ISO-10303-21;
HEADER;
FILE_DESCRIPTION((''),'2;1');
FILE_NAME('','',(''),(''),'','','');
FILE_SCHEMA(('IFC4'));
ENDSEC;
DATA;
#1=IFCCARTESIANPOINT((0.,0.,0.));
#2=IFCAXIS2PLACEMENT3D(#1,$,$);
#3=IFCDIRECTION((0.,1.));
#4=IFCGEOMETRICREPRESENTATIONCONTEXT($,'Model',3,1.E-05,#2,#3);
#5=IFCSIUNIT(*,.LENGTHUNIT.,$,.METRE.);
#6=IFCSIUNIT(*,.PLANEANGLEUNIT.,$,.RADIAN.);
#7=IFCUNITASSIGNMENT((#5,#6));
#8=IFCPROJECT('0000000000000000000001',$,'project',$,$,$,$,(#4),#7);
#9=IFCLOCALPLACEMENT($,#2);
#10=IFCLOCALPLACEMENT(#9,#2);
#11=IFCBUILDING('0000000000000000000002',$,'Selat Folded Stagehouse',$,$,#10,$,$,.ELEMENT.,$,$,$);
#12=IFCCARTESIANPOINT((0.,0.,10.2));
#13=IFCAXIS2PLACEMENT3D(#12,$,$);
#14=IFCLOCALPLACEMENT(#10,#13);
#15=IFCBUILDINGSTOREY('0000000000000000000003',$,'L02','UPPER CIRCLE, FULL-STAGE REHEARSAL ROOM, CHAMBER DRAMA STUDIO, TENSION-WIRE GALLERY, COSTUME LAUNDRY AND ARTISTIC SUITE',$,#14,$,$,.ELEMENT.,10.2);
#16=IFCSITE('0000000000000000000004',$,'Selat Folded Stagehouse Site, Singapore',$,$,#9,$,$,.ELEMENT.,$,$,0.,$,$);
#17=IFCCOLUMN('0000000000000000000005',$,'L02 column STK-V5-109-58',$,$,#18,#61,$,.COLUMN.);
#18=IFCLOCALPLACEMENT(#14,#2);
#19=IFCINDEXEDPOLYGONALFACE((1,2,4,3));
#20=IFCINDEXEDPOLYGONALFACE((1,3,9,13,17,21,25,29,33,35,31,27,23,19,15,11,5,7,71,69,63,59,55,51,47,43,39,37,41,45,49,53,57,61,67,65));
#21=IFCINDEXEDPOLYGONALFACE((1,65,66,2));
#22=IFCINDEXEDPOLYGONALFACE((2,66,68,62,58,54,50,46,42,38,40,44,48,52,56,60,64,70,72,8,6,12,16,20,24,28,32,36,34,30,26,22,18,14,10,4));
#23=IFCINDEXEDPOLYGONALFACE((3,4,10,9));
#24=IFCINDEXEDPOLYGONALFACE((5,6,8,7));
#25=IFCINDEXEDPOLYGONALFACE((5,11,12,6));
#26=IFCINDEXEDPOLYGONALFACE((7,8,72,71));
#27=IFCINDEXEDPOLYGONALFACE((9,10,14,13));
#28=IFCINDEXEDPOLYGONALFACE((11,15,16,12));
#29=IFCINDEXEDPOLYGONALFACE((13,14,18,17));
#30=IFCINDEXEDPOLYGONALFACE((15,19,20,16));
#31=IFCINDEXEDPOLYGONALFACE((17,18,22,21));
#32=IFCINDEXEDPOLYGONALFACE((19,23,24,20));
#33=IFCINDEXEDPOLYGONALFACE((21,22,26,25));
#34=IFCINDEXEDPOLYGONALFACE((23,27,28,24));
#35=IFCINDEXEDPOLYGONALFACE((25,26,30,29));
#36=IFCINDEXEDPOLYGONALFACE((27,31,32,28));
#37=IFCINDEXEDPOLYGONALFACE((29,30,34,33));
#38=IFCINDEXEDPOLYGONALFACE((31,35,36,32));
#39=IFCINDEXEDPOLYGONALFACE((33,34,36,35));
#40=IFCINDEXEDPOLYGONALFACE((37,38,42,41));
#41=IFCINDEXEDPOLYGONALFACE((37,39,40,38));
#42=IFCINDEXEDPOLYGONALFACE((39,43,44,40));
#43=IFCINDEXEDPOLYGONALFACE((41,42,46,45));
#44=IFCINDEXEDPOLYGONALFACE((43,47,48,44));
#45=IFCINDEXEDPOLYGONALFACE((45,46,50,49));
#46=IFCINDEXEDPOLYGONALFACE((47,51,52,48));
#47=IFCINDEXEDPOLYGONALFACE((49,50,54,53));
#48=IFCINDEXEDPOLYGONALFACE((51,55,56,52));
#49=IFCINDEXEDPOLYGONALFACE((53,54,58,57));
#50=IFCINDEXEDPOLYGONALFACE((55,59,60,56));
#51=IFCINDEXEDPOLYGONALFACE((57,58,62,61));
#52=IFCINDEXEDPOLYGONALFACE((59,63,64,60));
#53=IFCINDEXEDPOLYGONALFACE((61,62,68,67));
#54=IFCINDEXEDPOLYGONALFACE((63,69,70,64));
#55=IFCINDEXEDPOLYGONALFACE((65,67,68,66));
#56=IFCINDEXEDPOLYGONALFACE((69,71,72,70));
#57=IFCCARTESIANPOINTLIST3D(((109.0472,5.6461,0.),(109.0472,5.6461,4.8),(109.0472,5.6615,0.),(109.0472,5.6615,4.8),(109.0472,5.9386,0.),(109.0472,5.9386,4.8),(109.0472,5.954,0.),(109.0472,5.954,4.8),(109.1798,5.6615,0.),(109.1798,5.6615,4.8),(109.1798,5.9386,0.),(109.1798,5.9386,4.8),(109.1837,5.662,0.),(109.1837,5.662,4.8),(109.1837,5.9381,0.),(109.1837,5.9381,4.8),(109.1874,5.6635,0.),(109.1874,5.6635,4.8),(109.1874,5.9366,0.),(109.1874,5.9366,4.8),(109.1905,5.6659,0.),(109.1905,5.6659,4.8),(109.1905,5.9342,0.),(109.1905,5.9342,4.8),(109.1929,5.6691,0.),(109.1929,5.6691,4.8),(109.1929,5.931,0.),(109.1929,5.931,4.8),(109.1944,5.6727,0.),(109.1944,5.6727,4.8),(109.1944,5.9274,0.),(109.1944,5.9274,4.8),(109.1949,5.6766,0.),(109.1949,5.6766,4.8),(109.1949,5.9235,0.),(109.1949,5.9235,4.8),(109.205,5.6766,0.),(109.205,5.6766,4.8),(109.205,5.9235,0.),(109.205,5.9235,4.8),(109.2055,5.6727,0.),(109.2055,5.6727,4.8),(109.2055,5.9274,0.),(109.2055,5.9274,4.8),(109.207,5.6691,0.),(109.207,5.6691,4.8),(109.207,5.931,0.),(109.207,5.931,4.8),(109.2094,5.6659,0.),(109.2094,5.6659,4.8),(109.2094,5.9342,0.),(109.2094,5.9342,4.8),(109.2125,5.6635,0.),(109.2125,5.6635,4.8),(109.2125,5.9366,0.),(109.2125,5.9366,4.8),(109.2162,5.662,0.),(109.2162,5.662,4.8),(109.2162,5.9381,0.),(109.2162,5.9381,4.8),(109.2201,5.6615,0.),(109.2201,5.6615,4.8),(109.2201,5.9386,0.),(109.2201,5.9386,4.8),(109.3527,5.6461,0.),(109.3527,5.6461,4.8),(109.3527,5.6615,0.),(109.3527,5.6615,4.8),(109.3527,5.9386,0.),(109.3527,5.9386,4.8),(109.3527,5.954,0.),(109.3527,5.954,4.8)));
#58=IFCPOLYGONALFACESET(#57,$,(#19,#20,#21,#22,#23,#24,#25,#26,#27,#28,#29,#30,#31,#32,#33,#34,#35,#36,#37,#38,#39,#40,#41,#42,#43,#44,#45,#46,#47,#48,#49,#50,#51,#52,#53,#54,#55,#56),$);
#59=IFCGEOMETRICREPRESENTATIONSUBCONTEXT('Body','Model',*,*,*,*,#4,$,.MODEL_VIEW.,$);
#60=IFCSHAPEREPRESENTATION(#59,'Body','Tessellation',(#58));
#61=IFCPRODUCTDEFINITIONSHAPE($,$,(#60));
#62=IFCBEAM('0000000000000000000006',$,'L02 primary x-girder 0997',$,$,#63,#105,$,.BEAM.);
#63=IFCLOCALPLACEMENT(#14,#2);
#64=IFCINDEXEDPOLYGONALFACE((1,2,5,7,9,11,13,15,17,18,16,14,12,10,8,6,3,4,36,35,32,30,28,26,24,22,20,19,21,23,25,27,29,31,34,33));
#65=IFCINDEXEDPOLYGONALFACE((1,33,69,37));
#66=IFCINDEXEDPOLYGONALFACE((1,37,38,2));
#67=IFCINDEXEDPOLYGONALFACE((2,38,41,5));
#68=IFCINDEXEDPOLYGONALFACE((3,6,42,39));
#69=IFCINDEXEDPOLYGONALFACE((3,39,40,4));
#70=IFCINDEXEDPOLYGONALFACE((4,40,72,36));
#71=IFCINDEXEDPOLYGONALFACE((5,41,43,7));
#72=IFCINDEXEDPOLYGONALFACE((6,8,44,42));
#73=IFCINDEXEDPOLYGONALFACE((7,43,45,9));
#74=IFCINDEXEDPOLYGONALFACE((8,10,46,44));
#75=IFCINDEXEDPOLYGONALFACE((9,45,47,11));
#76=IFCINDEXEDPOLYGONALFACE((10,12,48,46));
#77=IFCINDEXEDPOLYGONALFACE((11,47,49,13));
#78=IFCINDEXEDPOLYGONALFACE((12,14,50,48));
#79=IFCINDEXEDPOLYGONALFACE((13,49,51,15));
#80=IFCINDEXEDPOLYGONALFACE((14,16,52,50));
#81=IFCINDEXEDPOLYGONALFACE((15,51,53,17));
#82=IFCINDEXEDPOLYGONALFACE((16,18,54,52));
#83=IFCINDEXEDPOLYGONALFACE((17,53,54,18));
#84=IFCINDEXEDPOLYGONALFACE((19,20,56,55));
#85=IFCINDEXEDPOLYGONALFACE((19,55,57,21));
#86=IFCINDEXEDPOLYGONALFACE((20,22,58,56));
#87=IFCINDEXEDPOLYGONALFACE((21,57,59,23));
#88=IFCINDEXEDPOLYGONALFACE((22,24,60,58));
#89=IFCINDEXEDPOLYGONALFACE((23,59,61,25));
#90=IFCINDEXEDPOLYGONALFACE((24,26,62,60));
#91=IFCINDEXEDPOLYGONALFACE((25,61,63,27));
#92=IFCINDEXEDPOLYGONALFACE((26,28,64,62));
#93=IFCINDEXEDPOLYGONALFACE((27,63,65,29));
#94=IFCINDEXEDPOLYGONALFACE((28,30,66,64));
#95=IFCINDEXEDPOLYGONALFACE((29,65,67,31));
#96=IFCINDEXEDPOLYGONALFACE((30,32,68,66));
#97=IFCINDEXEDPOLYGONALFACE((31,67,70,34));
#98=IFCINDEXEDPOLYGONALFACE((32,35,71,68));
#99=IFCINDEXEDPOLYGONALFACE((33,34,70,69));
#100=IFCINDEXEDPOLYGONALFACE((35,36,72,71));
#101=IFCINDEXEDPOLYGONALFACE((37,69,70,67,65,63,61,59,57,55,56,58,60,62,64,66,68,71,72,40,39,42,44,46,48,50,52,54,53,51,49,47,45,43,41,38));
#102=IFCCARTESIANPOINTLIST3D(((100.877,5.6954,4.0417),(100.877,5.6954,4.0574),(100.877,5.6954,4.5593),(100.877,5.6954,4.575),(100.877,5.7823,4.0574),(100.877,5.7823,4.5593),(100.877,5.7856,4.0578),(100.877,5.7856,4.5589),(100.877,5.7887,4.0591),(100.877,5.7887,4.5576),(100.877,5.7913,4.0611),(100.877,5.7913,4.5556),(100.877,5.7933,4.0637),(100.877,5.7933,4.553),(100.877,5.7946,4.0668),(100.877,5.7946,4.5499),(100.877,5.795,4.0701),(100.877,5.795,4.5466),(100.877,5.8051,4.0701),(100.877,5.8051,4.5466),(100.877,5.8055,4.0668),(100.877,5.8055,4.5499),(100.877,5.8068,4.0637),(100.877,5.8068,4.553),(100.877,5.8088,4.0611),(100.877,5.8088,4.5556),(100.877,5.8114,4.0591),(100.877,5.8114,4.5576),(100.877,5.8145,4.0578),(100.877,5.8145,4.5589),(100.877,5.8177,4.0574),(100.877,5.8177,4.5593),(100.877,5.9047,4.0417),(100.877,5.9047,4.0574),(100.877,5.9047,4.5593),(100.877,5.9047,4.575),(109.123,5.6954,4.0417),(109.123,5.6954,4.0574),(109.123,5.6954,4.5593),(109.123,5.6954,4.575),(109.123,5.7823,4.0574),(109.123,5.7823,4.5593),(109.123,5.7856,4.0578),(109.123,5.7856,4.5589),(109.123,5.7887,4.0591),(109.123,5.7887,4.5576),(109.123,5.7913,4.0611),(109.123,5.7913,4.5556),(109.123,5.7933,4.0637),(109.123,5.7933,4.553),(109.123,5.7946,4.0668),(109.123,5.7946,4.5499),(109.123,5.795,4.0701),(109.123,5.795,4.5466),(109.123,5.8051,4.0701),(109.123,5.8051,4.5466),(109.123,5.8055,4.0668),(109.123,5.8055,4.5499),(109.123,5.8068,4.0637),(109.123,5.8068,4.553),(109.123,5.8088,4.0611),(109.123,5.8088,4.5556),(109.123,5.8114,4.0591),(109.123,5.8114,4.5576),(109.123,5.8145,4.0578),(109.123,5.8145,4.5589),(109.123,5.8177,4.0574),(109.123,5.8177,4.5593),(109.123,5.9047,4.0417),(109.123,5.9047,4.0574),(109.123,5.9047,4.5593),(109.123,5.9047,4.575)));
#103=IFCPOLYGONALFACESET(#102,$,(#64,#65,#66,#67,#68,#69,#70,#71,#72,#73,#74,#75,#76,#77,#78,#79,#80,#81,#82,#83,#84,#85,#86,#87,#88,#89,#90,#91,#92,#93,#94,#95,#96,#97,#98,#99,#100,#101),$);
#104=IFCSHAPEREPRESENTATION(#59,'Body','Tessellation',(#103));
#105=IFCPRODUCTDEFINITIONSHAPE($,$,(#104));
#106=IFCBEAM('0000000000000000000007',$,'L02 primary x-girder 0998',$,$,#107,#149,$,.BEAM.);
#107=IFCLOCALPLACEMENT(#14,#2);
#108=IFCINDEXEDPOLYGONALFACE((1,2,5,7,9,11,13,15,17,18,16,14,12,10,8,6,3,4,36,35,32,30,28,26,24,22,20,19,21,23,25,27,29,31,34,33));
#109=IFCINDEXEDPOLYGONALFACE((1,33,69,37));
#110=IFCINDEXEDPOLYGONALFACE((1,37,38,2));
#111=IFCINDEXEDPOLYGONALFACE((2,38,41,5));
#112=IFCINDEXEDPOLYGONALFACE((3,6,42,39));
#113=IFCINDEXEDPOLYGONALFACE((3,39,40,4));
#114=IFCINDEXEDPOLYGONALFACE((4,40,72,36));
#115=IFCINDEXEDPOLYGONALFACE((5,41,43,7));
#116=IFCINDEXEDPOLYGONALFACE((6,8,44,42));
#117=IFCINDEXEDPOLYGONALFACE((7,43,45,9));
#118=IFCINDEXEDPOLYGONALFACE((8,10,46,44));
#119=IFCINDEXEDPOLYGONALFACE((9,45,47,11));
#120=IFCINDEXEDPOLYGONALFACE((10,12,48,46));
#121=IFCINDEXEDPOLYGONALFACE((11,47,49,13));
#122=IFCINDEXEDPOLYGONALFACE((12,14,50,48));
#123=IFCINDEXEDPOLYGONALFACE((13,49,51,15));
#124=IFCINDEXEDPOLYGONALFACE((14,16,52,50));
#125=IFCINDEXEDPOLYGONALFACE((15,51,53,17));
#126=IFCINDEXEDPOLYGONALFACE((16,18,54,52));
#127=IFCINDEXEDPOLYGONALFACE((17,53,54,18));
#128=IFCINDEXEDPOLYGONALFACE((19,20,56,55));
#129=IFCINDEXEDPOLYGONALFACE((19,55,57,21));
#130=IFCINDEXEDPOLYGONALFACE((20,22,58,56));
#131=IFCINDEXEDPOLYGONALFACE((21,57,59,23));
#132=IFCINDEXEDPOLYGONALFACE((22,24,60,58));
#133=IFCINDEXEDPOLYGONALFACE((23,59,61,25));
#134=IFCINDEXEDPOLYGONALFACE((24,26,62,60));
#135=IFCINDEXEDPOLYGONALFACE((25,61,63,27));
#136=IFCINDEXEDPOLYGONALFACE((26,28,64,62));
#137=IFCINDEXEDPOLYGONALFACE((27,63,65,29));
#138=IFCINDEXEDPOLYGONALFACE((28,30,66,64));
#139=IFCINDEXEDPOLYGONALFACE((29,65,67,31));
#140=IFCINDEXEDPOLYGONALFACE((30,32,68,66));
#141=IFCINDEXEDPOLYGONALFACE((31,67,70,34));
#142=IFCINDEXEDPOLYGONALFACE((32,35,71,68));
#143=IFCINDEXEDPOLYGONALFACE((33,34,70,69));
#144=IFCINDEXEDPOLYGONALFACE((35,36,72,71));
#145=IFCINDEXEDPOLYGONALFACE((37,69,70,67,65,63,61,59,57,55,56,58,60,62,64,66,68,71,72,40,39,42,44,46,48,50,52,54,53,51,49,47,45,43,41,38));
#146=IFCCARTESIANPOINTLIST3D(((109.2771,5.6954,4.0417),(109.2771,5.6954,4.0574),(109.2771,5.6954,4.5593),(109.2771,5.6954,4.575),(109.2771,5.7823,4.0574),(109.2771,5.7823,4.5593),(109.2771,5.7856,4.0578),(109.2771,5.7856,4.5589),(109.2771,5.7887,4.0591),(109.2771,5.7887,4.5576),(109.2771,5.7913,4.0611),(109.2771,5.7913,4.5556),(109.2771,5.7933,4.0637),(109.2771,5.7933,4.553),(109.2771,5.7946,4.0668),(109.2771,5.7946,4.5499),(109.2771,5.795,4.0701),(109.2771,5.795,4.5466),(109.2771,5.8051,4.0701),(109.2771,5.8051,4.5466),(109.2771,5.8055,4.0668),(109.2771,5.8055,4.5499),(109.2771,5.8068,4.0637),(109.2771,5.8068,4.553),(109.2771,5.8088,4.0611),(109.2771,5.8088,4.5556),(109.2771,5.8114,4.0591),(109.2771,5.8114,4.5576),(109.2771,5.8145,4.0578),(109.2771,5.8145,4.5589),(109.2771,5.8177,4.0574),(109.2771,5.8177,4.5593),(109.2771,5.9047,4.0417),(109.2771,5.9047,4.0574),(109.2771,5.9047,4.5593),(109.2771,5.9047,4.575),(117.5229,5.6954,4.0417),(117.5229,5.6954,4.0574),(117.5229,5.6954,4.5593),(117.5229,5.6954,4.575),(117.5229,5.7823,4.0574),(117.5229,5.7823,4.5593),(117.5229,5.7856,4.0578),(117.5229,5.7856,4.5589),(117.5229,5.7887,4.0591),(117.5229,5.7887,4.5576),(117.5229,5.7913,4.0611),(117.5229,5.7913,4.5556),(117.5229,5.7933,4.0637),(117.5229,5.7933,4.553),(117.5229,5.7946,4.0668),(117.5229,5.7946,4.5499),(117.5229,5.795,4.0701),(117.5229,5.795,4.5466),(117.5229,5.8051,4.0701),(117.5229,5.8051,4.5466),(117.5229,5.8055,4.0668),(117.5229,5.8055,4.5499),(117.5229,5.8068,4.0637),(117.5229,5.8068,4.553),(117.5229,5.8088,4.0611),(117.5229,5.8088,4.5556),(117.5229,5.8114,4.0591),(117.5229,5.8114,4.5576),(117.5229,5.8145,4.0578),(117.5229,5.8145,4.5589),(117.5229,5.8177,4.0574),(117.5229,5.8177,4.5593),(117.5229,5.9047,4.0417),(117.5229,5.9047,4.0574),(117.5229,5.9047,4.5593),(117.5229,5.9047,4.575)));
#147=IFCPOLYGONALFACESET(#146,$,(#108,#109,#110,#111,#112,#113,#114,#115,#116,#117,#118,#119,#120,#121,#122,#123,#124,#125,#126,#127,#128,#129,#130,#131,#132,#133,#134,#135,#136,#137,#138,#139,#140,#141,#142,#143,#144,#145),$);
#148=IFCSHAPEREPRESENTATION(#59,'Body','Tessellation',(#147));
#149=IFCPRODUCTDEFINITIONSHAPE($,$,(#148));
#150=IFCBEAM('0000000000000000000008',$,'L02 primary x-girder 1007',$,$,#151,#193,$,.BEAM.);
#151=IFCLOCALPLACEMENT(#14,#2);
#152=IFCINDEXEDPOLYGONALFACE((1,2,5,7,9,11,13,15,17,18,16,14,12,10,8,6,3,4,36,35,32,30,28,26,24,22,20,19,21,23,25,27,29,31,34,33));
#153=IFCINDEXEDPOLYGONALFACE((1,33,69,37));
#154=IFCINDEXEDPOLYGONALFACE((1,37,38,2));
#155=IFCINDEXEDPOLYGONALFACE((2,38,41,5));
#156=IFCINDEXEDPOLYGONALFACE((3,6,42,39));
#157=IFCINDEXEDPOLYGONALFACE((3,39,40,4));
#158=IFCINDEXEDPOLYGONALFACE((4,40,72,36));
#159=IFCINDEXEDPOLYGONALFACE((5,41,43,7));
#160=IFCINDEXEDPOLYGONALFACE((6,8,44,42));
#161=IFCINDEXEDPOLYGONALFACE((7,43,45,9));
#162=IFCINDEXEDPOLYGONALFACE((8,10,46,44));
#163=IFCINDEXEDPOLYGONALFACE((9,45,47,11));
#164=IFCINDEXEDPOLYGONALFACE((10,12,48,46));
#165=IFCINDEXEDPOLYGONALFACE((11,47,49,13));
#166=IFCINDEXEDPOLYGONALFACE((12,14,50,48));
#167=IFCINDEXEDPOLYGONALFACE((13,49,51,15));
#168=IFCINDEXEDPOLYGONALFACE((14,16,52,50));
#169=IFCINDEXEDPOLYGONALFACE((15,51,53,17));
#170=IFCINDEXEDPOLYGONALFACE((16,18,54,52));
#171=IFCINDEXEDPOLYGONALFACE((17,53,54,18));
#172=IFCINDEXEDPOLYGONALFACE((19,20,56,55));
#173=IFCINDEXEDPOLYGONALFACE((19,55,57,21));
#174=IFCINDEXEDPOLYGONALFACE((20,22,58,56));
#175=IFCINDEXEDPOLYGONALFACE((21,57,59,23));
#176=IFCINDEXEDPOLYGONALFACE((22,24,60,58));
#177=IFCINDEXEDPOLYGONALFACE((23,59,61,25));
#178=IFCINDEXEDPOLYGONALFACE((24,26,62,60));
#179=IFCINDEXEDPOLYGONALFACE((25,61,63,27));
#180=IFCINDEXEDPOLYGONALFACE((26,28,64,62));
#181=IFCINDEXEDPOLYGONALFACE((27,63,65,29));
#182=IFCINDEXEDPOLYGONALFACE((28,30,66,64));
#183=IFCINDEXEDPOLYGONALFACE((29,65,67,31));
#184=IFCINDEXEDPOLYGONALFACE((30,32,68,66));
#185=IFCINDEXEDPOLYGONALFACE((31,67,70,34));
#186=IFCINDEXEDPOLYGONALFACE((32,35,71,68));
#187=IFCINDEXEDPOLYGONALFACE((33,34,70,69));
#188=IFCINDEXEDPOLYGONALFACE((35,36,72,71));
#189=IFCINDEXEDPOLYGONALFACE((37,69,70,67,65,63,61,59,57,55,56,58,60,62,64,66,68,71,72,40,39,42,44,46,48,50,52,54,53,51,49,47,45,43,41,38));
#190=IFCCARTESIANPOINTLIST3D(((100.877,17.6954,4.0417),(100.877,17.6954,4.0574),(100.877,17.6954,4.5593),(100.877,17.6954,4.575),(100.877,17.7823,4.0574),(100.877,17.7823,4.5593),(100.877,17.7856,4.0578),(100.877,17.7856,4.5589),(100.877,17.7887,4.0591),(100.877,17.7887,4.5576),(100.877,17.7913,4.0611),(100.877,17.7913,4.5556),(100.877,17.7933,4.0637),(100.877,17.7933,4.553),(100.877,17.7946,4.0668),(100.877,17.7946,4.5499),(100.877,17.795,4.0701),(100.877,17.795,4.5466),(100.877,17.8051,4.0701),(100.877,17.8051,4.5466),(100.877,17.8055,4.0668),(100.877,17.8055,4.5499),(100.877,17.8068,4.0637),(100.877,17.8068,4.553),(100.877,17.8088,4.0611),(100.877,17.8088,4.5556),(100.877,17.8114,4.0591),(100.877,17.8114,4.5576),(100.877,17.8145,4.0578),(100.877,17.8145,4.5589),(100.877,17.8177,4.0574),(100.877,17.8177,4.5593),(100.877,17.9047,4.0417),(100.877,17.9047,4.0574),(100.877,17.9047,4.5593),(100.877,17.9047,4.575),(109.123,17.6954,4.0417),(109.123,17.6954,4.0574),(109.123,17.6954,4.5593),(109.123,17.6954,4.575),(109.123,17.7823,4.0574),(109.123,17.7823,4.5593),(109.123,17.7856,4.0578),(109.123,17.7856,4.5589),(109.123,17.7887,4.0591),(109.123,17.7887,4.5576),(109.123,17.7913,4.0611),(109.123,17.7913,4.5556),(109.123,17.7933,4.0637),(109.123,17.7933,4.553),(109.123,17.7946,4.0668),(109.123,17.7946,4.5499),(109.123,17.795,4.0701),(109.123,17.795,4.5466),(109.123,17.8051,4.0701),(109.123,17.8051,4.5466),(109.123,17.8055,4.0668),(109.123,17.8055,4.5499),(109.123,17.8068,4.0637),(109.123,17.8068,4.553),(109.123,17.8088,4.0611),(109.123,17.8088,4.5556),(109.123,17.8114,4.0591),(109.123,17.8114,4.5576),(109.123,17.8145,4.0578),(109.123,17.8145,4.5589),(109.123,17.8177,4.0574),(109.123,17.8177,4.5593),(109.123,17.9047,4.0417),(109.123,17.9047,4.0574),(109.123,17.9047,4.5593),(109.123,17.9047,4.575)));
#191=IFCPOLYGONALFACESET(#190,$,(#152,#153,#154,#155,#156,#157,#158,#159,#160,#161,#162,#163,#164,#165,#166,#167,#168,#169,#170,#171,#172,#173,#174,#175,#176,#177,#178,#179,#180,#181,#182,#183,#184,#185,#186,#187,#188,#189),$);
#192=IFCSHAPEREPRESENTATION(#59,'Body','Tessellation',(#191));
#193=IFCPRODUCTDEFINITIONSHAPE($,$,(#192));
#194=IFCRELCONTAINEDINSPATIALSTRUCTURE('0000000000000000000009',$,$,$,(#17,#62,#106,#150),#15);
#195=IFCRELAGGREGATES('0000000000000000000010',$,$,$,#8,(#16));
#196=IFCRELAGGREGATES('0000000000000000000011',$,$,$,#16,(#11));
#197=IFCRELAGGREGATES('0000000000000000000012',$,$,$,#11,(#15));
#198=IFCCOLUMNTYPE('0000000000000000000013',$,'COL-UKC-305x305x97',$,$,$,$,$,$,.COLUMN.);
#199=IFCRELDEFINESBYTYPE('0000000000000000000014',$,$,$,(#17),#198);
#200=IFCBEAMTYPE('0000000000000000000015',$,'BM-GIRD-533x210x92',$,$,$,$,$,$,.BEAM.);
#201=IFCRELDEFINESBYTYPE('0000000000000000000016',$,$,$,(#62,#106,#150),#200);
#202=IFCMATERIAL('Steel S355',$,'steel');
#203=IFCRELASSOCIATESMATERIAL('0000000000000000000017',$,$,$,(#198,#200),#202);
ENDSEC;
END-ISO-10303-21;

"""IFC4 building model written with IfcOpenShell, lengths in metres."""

from ifc_helpers import new_model, si_unit, direction, frame, origin, origin_2d, place, context, subcontext, project, spatial, i_section, extrude, material, material_profile, profile_set, type_object, element, save


model = new_model("IFC4")

# Units and contexts
model_context = context("Model", 3, precision=1e-05, world=origin(), true_north=direction((0.0, 1.0)))
body_context = subcontext(model_context, "Body", "Model", "MODEL_VIEW")
ifc_project = project(units=[si_unit("LENGTHUNIT", "METRE"), si_unit("PLANEANGLEUNIT", "RADIAN")], contexts=[model_context])

# Site, building, storey
site_placement = place(None, origin())
site = spatial("IfcSite", under=ifc_project, at=site_placement, Name="Selat Folded Stagehouse Site, Singapore", CompositionType="ELEMENT", RefElevation=0.0)
building_placement = place(site_placement, origin())
building = spatial("IfcBuilding", under=site, at=building_placement, Name="Selat Folded Stagehouse", CompositionType="ELEMENT")
storey_placement = place(building_placement, frame((0.0, 0.0, 10.2)))
storey = spatial("IfcBuildingStorey", under=building, at=storey_placement, Name="L02", Description="UPPER CIRCLE, FULL-STAGE REHEARSAL ROOM, CHAMBER DRAMA STUDIO, TENSION-WIRE GALLERY, COSTUME LAUNDRY AND ARTISTIC SUITE", CompositionType="ELEMENT", Elevation=10.2)

# Column
ifc_material_1 = material(Name="Steel S355", Category="steel")
ifc_material_profile_1 = material_profile(ifc_material_1, i_section(OverallWidth=0.3054, OverallDepth=0.3079, WebThickness=0.01, FlangeThickness=0.0154, FilletRadius=0.0151, at=origin_2d()), Name="UKC 305x305x97")
ifc_profile_set_1 = profile_set([ifc_material_profile_1], Name="Steel S355")
column_type = type_object("IfcColumnType", Name="COL-UKC-305x305x97", PredefinedType="COLUMN", material=ifc_profile_set_1)
column_placement = place(storey_placement, frame((109.2, 5.8, 0.0), z_axis=(0.0, 0.0, 1.0), x_axis=(1.0, 0.0, 0.0)))
element("IfcColumn", 1, at=column_placement, inside=storey, type_object=column_type, Name="L02 column STK-V5-109-58", PredefinedType="COLUMN", context=body_context, shape_type="SweptSolid", body=[
    extrude(i_section(OverallWidth=0.3054, OverallDepth=0.3079, WebThickness=0.01, FlangeThickness=0.0154, FilletRadius=0.0151, at=origin_2d()), origin(), (0.0, 0.0, 1.0), 4.8),
])

# Beams
ifc_material_profile_2 = material_profile(ifc_material_1, i_section(OverallWidth=0.2092, OverallDepth=0.5332, WebThickness=0.01, FlangeThickness=0.0156, FilletRadius=0.0127, at=origin_2d()), Name="UKB 533x210x92")
ifc_profile_set_2 = profile_set([ifc_material_profile_2], Name="Steel S355")
beam_type_1 = type_object("IfcBeamType", Name="BM-GIRD-533x210x92", PredefinedType="BEAM", material=ifc_profile_set_2)
beam_1_placement = place(storey_placement, frame((100.877, 5.8, 4.3083), z_axis=(1.0, 0.0, 0.0), x_axis=(0.0, 1.0, 0.0)))
element("IfcBeam", 2, at=beam_1_placement, inside=storey, type_object=beam_type_1, Name="L02 primary x-girder 0997", PredefinedType="BEAM", context=body_context, shape_type="SweptSolid", body=[
    extrude(i_section(OverallWidth=0.2092, OverallDepth=0.5332, WebThickness=0.01, FlangeThickness=0.0156, FilletRadius=0.0127, at=origin_2d()), origin(), (0.0, 0.0, 1.0), 8.2461),
])
beam_2_placement = place(storey_placement, frame((109.2771, 5.8, 4.3083), z_axis=(1.0, 0.0, 0.0), x_axis=(0.0, 1.0, 0.0)))
element("IfcBeam", 3, at=beam_2_placement, inside=storey, type_object=beam_type_1, Name="L02 primary x-girder 0998", PredefinedType="BEAM", context=body_context, shape_type="SweptSolid", body=[
    extrude(i_section(OverallWidth=0.2092, OverallDepth=0.5332, WebThickness=0.01, FlangeThickness=0.0156, FilletRadius=0.0127, at=origin_2d()), origin(), (0.0, 0.0, 1.0), 8.2458),
])
beam_3_placement = place(storey_placement, frame((100.877, 17.8, 4.3083), z_axis=(1.0, 0.0, 0.0), x_axis=(0.0, 1.0, 0.0)))
element("IfcBeam", 4, at=beam_3_placement, inside=storey, type_object=beam_type_1, Name="L02 primary x-girder 1007", PredefinedType="BEAM", context=body_context, shape_type="SweptSolid", body=[
    extrude(i_section(OverallWidth=0.2092, OverallDepth=0.5332, WebThickness=0.01, FlangeThickness=0.0156, FilletRadius=0.0127, at=origin_2d()), origin(), (0.0, 0.0, 1.0), 8.2461),
])

save(model, "model.ifc")
